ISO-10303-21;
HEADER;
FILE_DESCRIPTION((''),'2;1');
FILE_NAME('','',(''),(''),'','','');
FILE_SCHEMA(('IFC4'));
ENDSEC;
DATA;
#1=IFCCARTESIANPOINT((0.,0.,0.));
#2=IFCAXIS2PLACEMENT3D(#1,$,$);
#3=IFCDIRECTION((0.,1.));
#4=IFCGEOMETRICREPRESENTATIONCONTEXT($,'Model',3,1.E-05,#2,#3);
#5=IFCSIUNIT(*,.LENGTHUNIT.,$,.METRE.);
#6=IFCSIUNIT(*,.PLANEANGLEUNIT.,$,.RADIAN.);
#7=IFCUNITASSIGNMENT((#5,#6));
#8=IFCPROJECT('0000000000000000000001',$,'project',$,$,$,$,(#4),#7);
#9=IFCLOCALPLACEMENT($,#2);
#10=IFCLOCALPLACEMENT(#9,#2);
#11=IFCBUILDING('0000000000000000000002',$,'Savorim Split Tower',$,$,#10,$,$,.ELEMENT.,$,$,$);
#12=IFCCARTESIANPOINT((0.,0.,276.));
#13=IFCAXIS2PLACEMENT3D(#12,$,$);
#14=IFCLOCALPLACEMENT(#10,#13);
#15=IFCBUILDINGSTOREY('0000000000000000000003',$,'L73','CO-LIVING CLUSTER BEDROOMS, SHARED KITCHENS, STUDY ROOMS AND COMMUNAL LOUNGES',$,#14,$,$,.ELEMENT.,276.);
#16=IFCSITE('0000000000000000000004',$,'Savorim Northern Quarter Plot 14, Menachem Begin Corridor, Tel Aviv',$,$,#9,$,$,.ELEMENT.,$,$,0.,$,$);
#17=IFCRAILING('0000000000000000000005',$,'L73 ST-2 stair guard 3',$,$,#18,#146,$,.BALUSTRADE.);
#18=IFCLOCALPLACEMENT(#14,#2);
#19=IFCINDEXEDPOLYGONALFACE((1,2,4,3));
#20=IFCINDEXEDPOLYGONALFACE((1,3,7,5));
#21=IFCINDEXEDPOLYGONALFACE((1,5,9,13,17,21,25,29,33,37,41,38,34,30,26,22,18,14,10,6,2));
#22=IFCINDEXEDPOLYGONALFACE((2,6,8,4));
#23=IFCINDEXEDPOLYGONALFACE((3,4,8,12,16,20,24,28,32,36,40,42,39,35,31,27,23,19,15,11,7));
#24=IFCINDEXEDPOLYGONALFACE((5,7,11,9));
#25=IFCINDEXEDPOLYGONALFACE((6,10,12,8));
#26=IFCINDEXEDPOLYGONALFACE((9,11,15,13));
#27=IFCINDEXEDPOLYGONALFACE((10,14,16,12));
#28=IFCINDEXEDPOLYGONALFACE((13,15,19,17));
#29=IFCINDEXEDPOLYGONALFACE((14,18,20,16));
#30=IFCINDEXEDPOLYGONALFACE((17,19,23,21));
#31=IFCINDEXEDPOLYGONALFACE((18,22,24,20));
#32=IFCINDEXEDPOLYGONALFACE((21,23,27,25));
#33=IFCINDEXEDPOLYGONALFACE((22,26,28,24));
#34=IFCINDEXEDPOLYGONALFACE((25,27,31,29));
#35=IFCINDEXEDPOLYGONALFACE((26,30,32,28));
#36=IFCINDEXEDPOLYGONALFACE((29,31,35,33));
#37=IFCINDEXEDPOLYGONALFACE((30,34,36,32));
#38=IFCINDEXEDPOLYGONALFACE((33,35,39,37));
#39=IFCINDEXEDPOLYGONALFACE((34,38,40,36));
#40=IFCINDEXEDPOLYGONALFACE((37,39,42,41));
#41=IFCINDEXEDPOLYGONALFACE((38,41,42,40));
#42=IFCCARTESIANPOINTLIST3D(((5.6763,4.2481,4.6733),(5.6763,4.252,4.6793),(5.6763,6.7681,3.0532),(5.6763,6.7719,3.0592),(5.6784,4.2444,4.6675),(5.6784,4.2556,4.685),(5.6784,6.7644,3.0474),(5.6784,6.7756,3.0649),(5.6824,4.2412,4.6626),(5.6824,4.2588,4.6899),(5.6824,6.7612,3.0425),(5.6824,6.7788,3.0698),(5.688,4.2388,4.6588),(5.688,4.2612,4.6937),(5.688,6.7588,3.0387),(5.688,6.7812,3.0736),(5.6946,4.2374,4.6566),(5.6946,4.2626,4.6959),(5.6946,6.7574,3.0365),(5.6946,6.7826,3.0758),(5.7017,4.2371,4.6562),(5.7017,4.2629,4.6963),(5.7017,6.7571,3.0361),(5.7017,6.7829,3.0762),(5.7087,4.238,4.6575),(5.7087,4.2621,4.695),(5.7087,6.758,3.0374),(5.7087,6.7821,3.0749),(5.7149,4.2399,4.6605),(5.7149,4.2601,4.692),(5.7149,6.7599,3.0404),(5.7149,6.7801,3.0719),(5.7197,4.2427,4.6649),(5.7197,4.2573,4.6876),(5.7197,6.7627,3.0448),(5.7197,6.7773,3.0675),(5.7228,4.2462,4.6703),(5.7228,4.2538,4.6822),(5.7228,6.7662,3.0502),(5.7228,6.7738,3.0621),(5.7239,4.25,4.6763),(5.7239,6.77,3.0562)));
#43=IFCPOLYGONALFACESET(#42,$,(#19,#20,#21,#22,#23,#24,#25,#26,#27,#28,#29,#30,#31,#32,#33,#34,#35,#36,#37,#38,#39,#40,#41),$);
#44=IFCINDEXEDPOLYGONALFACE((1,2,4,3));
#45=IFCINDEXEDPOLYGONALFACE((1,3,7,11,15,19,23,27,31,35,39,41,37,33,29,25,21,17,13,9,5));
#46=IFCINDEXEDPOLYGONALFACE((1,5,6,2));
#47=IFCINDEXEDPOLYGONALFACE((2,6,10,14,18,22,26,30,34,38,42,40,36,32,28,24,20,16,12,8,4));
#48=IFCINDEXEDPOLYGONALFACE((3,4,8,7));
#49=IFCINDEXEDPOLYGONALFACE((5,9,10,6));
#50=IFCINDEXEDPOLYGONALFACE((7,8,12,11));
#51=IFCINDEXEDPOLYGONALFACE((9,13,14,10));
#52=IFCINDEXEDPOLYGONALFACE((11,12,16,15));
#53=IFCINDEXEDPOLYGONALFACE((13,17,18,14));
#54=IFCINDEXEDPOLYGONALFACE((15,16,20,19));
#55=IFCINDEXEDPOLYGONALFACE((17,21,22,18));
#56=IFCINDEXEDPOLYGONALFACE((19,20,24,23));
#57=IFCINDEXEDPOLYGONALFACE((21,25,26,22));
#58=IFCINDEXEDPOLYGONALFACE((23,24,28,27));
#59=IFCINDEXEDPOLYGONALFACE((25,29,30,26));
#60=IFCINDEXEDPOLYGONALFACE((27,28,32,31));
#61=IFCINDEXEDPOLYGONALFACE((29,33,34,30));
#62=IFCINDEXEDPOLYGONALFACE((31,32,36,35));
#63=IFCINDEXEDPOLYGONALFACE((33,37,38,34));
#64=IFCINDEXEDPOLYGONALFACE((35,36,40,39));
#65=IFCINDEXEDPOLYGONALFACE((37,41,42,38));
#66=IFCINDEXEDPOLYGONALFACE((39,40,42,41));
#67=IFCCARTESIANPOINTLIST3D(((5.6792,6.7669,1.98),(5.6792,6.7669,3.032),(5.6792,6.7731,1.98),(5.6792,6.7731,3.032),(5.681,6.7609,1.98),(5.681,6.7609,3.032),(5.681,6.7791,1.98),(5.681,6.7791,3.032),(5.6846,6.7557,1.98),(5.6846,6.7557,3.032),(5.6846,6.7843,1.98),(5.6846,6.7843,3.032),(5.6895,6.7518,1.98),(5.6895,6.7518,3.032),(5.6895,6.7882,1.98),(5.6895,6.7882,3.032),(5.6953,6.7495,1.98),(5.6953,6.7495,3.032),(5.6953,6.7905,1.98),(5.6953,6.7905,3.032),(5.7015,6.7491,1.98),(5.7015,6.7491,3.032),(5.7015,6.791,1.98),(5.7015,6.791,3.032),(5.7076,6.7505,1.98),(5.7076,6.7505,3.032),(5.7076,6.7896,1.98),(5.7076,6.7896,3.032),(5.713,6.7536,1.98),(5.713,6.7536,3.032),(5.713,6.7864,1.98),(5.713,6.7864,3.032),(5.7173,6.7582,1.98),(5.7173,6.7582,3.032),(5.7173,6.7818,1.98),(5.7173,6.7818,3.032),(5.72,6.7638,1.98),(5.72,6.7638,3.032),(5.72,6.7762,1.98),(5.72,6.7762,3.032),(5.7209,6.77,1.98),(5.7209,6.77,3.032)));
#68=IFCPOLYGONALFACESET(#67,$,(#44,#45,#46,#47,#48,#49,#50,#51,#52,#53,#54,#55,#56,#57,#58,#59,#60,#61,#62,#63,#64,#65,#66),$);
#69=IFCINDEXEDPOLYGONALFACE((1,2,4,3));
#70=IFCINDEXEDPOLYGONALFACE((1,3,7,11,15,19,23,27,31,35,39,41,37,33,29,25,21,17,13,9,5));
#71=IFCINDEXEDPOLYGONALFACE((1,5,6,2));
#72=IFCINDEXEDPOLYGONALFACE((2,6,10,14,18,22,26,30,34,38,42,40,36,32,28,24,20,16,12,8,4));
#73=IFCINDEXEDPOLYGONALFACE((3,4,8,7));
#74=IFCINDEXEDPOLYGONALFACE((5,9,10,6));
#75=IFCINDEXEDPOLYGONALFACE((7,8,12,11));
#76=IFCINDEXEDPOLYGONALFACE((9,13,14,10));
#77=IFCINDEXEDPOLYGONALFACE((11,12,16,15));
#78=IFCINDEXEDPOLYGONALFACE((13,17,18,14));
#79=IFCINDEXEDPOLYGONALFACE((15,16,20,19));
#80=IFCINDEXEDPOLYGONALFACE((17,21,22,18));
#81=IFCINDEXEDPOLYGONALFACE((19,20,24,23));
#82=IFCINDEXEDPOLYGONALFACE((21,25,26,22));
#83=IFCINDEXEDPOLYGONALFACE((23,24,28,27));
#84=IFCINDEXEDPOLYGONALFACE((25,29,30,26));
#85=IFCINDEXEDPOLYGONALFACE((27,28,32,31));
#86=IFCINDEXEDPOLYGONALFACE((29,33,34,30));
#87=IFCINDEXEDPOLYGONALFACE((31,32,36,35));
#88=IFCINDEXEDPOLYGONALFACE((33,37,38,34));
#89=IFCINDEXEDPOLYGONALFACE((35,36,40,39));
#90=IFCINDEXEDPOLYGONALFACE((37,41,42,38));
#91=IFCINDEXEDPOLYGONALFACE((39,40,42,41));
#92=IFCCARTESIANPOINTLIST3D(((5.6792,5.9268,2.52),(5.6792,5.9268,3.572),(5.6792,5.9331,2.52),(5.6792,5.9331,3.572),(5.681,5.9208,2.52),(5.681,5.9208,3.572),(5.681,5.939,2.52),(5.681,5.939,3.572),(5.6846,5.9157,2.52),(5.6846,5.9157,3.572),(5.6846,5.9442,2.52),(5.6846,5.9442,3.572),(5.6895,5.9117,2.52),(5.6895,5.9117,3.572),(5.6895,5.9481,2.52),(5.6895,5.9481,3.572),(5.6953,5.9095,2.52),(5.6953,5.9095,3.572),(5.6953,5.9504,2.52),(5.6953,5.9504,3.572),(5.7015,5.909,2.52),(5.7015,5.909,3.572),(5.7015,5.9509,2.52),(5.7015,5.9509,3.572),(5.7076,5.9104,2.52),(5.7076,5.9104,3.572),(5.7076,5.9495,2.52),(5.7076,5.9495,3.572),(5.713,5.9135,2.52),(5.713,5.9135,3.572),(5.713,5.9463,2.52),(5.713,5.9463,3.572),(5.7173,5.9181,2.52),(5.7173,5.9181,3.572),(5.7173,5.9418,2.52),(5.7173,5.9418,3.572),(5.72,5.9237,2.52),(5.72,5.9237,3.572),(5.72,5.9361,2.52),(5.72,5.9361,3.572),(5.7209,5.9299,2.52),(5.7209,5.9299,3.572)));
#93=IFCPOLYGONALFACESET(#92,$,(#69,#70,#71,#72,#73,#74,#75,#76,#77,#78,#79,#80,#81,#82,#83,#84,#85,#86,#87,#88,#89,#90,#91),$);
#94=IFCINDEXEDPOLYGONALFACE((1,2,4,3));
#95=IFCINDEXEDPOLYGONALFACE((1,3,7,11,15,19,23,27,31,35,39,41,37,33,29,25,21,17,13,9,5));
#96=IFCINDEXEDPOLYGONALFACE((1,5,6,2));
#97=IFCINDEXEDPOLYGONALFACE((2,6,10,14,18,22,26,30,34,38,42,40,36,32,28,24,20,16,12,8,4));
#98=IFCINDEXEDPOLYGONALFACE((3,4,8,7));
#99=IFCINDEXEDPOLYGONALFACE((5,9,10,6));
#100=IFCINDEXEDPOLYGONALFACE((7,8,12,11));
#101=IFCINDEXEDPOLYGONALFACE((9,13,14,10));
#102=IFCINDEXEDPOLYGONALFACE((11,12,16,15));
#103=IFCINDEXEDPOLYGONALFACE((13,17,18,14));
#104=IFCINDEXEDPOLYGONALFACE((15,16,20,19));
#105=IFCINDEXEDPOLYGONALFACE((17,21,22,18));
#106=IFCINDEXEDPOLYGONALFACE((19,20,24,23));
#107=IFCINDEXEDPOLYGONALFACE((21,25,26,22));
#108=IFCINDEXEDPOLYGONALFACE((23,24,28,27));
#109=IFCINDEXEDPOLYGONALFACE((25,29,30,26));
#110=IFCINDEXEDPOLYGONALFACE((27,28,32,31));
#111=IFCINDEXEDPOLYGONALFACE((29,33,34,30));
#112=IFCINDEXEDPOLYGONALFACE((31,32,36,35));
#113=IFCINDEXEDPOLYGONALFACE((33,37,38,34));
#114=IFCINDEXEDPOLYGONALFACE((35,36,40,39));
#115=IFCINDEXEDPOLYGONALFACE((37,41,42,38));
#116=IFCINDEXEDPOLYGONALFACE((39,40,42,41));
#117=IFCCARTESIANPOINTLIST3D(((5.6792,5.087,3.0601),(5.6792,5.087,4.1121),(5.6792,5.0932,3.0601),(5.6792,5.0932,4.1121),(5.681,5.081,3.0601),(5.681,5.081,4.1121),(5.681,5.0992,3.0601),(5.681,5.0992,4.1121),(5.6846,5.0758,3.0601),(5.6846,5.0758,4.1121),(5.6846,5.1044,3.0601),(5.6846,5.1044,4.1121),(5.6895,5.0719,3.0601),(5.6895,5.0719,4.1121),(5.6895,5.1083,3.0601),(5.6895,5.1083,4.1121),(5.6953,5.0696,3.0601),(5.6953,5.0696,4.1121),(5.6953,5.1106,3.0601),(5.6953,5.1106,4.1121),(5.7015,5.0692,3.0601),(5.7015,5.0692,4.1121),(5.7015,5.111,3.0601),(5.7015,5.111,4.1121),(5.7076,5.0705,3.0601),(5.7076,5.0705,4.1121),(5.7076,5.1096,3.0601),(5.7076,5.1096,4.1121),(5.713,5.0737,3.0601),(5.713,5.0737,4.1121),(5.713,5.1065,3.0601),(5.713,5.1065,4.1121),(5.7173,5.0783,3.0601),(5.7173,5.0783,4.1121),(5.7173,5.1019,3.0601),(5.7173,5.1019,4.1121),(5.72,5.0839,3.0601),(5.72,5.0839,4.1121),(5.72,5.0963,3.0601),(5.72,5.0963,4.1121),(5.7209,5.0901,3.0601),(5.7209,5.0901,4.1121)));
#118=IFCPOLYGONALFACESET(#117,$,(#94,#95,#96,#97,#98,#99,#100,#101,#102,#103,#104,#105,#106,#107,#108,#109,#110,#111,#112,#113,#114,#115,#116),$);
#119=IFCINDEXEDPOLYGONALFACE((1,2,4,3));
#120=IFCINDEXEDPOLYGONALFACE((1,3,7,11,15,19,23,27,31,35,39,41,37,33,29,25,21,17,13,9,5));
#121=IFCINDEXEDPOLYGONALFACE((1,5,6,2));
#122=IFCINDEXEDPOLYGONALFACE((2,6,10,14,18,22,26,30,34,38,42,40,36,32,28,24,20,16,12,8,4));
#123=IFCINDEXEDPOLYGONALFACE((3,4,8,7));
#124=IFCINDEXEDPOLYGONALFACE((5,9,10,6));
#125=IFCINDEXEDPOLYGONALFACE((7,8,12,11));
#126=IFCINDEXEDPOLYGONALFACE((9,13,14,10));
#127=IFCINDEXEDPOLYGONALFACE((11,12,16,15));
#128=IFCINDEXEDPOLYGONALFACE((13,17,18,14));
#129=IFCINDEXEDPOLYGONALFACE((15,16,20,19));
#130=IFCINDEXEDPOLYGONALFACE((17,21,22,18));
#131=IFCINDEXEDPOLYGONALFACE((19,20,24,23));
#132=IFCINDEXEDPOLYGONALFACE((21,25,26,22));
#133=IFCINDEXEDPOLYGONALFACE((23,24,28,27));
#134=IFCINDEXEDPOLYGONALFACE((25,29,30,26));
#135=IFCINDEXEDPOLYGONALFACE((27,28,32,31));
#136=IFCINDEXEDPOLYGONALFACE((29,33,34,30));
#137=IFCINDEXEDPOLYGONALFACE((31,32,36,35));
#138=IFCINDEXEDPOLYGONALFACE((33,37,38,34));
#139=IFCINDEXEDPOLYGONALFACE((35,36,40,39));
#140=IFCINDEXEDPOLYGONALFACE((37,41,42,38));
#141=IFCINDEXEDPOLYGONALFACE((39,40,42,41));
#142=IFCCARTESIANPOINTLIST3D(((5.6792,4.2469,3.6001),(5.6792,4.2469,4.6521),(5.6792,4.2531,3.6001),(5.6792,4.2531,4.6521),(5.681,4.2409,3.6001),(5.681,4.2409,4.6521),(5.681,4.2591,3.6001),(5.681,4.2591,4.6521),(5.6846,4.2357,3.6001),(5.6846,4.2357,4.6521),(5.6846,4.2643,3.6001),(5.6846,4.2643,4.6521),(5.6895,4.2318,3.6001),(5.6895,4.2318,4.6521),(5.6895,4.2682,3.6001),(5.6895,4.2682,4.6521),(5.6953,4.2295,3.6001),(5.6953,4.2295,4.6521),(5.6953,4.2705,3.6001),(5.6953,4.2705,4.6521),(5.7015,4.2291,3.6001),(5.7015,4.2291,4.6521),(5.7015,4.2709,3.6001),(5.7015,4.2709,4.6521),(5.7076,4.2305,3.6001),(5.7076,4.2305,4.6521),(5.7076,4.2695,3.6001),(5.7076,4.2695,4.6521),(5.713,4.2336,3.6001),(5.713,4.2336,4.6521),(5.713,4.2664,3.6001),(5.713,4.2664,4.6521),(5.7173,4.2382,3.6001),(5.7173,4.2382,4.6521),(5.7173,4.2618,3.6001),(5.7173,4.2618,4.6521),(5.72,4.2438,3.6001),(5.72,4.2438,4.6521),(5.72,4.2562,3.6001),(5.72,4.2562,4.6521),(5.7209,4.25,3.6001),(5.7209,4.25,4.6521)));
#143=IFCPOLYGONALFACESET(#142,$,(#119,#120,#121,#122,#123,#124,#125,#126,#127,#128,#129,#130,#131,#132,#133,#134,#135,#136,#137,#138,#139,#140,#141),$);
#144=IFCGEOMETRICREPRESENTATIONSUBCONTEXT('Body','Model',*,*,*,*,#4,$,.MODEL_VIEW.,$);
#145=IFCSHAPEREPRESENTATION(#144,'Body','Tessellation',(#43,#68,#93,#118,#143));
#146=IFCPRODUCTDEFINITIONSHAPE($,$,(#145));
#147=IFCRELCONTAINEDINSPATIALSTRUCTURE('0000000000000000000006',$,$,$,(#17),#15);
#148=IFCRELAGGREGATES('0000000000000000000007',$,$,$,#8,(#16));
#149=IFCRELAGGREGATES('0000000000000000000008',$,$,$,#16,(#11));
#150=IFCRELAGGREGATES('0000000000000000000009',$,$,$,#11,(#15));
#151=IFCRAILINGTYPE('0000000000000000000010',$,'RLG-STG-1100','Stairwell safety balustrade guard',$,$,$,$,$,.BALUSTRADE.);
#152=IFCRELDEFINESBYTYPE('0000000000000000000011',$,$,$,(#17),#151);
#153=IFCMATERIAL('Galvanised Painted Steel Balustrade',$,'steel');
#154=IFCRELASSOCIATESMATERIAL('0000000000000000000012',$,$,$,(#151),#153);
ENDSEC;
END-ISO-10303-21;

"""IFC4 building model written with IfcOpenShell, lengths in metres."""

from ifc_helpers import new_model, si_unit, direction, frame, origin, origin_2d, place, context, subcontext, project, spatial, circle, extrude, material, type_object, element, save


model = new_model("IFC4")

# Units and contexts
model_context = context("Model", 3, precision=1e-05, world=origin(), true_north=direction((0.0, 1.0)))
body_context = subcontext(model_context, "Body", "Model", "MODEL_VIEW")
ifc_project = project(units=[si_unit("LENGTHUNIT", "METRE"), si_unit("PLANEANGLEUNIT", "RADIAN")], contexts=[model_context])

# Site, building, storey
site_placement = place(None, origin())
site = spatial("IfcSite", under=ifc_project, at=site_placement, Name="Savorim Northern Quarter Plot 14, Menachem Begin Corridor, Tel Aviv", CompositionType="ELEMENT", RefElevation=0.0)
building_placement = place(site_placement, origin())
building = spatial("IfcBuilding", under=site, at=building_placement, Name="Savorim Split Tower", CompositionType="ELEMENT")
storey_placement = place(building_placement, frame((0.0, 0.0, 276.0)))
storey = spatial("IfcBuildingStorey", under=building, at=storey_placement, Name="L73", Description="CO-LIVING CLUSTER BEDROOMS, SHARED KITCHENS, STUDY ROOMS AND COMMUNAL LOUNGES", CompositionType="ELEMENT", Elevation=276.0)

# Railing
ifc_material_1 = material(Name="Galvanised Painted Steel Balustrade", Category="steel")
railing_type_1 = type_object("IfcRailingType", Name="RLG-STG-1100", Description="Stairwell safety balustrade guard", PredefinedType="BALUSTRADE", material=ifc_material_1)
railing_1_placement = place(storey_placement, frame((5.7, 6.77, 1.98)))
element("IfcRailing", 1, at=railing_1_placement, inside=storey, type_object=railing_type_1, Name="L73 ST-2 stair guard 3", PredefinedType="BALUSTRADE", context=body_context, shape_type="SweptSolid", body=[
    extrude(circle(Radius=0.0239, at=origin_2d()), frame((0.0, 0.0, 1.0762), z_axis=(0.0, -0.841163, 0.540782), x_axis=(1.0, 0.0, 0.0)), (0.0, 0.0, 1.0), 2.9958),
    extrude(circle(Radius=0.021, at=origin_2d()), origin(), (0.0, 0.0, 1.0), 1.052),
    extrude(circle(Radius=0.021, at=origin_2d()), frame((0.0, -0.8401, 0.54)), (0.0, 0.0, 1.0), 1.052),
    extrude(circle(Radius=0.021, at=origin_2d()), frame((0.0, -1.6799, 1.0801)), (0.0, 0.0, 1.0), 1.052),
    extrude(circle(Radius=0.021, at=origin_2d()), frame((0.0, -2.52, 1.6201)), (0.0, 0.0, 1.0), 1.052),
])

save(model, "model.ifc")
